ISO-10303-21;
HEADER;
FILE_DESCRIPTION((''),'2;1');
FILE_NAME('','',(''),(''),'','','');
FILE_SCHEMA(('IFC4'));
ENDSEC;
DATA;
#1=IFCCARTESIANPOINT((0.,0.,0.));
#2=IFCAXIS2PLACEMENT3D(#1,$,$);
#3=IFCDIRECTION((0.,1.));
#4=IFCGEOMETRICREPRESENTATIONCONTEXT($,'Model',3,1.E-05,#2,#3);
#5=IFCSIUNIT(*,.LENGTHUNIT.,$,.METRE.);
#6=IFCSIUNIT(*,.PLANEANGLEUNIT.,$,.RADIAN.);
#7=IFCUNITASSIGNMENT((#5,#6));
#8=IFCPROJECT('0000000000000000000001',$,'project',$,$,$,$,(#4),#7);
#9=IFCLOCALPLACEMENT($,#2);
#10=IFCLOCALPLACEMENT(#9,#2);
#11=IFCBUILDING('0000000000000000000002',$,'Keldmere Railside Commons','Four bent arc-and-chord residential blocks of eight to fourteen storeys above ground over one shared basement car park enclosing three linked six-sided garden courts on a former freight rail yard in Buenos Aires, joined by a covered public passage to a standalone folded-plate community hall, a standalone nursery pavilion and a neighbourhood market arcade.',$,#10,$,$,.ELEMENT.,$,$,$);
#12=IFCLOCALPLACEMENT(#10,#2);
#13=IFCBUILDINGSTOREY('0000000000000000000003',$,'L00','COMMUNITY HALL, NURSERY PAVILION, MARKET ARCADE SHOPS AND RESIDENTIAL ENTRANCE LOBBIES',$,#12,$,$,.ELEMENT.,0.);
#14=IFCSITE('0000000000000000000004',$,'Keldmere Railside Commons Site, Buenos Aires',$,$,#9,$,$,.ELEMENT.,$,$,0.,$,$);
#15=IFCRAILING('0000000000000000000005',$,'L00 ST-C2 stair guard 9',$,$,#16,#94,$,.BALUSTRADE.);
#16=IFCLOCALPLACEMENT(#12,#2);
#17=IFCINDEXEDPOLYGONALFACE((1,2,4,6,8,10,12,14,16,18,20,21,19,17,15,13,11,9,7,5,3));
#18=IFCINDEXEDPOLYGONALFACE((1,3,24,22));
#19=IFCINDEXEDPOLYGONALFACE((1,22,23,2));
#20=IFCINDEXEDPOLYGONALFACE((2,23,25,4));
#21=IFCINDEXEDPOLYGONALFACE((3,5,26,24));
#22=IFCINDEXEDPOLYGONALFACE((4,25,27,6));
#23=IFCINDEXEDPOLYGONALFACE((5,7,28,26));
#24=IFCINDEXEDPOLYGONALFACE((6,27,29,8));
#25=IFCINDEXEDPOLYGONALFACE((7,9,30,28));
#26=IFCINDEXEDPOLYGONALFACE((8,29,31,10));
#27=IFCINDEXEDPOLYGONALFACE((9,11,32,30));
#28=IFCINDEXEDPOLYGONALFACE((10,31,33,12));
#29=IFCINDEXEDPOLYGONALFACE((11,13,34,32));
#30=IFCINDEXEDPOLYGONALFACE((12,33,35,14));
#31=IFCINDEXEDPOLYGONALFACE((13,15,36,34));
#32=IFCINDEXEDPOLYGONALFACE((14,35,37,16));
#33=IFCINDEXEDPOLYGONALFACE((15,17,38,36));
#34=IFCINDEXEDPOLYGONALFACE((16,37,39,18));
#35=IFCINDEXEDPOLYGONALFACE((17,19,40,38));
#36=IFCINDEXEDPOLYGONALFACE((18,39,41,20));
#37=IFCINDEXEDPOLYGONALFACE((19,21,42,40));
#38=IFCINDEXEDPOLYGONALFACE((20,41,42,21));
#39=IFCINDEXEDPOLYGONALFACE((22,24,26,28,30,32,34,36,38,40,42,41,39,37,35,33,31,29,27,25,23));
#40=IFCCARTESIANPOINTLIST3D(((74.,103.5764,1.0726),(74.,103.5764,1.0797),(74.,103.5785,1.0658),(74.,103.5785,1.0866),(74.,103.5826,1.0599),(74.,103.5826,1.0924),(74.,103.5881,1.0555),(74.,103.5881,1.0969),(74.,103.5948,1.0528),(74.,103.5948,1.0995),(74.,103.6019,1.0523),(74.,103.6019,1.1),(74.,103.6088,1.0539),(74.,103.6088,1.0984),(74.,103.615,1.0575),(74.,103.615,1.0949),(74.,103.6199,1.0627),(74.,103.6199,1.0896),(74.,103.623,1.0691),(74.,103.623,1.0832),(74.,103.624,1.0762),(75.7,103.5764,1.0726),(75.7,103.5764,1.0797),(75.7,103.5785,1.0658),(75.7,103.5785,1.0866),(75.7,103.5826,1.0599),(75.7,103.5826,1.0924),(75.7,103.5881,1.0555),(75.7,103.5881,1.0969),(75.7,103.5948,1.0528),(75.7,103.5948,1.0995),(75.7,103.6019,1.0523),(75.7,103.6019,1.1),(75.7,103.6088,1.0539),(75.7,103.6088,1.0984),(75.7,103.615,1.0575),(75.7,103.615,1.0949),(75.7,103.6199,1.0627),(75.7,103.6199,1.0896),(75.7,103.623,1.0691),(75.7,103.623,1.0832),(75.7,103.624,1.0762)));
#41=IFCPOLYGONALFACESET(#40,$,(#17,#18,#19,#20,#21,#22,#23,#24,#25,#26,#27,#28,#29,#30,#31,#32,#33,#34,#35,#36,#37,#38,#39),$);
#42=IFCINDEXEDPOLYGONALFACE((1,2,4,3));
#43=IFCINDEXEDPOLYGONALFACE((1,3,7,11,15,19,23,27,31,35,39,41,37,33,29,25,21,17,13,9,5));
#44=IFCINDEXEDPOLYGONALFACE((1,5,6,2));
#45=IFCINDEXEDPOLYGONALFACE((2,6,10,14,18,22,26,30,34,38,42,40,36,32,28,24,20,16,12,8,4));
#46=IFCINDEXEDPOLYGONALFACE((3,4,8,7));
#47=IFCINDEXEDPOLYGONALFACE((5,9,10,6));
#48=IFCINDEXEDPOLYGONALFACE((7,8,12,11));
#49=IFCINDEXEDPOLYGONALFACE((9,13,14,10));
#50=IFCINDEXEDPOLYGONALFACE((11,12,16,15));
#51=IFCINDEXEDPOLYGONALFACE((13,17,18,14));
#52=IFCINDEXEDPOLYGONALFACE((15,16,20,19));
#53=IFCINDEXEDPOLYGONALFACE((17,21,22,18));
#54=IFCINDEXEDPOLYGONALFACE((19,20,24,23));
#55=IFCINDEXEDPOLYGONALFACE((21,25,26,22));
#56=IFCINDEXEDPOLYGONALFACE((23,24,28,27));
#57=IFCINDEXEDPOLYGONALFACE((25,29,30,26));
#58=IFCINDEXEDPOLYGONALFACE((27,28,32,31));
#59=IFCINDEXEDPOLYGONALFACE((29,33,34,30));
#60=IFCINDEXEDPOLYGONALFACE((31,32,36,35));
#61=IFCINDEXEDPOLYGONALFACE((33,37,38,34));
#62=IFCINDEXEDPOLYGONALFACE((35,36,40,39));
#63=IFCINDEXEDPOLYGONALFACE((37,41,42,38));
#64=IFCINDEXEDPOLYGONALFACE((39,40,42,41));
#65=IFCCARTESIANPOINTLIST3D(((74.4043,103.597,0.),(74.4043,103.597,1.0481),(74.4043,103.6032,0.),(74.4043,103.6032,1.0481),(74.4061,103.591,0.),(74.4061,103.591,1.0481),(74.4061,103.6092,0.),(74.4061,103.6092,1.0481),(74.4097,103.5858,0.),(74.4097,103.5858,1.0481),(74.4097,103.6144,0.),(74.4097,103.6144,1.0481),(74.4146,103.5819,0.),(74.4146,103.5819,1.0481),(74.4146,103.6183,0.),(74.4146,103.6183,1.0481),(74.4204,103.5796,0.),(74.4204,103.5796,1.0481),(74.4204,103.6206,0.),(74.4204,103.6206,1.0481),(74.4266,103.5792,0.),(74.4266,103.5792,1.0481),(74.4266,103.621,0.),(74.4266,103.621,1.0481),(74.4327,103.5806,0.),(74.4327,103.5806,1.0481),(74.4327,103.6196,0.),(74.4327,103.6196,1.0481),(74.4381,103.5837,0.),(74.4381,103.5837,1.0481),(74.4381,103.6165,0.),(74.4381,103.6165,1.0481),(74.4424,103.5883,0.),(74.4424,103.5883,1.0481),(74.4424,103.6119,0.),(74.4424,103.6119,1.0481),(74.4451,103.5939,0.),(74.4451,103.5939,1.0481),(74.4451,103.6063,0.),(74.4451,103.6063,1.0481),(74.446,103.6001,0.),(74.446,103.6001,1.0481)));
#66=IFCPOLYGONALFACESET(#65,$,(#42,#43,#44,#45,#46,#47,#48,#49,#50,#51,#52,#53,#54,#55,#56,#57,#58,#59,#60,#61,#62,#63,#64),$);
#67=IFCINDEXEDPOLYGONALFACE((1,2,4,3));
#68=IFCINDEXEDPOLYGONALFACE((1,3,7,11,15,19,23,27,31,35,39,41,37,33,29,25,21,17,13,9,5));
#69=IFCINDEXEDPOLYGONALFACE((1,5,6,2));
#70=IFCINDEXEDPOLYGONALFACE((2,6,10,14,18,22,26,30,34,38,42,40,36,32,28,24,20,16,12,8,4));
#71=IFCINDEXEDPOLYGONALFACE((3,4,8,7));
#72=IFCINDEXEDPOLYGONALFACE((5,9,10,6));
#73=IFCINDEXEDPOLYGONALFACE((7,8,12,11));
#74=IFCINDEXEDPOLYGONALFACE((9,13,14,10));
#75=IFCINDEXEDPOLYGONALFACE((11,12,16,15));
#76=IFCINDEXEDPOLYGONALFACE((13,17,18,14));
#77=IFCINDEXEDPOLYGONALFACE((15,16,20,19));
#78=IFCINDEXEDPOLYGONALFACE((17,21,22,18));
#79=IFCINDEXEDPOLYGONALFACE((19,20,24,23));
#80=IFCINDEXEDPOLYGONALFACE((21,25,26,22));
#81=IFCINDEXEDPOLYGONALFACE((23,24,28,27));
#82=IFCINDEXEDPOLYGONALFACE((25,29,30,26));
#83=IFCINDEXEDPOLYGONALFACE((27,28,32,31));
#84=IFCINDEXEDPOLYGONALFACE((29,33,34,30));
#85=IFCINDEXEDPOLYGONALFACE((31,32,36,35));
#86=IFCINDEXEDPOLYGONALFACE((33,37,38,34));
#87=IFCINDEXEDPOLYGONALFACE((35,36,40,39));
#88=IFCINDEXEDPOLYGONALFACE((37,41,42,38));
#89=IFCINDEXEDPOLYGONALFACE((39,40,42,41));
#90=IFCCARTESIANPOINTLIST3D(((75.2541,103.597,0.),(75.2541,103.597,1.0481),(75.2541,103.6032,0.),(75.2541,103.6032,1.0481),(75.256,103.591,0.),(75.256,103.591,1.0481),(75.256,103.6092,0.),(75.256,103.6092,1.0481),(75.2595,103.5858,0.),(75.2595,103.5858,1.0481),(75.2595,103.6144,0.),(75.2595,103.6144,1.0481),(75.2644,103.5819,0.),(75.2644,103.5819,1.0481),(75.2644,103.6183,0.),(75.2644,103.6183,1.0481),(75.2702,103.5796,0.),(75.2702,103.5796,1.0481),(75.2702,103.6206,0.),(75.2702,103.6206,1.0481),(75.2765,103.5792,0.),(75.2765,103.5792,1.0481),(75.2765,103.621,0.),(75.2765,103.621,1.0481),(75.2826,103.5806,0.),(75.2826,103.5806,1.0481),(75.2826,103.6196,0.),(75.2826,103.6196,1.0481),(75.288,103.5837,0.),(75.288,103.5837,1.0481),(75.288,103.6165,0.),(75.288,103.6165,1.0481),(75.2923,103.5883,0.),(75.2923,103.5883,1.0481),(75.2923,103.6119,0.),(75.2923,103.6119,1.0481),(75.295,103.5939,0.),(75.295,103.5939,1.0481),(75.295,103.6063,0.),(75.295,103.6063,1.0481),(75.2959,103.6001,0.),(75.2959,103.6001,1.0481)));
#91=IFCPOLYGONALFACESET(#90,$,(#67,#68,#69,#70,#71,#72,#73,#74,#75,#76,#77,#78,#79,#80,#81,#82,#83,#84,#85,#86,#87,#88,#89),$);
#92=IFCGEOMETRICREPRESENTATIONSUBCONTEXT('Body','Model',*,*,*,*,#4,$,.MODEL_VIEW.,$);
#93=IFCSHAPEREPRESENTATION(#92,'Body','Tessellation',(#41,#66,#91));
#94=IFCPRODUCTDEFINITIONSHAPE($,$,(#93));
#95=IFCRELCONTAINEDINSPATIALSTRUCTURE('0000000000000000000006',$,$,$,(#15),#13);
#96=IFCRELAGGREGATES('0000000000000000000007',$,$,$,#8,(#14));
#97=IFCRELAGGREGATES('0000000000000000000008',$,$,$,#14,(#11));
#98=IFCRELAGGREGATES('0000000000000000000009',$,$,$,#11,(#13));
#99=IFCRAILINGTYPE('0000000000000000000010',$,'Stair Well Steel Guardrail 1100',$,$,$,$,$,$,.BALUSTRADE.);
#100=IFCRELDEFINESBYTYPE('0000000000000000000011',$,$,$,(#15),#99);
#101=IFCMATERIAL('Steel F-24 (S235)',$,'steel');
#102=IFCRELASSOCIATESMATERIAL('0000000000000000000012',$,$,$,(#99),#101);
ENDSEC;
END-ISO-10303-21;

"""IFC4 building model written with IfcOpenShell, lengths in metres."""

from ifc_helpers import new_model, si_unit, direction, frame, origin, origin_2d, place, context, subcontext, project, spatial, circle, extrude, material, type_object, element, save


model = new_model("IFC4")

# Units and contexts
model_context = context("Model", 3, precision=1e-05, world=origin(), true_north=direction((0.0, 1.0)))
body_context = subcontext(model_context, "Body", "Model", "MODEL_VIEW")
ifc_project = project(units=[si_unit("LENGTHUNIT", "METRE"), si_unit("PLANEANGLEUNIT", "RADIAN")], contexts=[model_context])

# Site, building, storey
site_placement = place(None, origin())
site = spatial("IfcSite", under=ifc_project, at=site_placement, Name="Keldmere Railside Commons Site, Buenos Aires", CompositionType="ELEMENT", RefElevation=0.0)
building_placement = place(site_placement, origin())
building = spatial("IfcBuilding", under=site, at=building_placement, Name="Keldmere Railside Commons", Description="Four bent arc-and-chord residential blocks of eight to fourteen storeys above ground over one shared basement car park enclosing three linked six-sided garden courts on a former freight rail yard in Buenos Aires, joined by a covered public passage to a standalone folded-plate community hall, a standalone nursery pavilion and a neighbourhood market arcade.", CompositionType="ELEMENT")
storey_placement = place(building_placement, origin())
storey = spatial("IfcBuildingStorey", under=building, at=storey_placement, Name="L00", Description="COMMUNITY HALL, NURSERY PAVILION, MARKET ARCADE SHOPS AND RESIDENTIAL ENTRANCE LOBBIES", CompositionType="ELEMENT", Elevation=0.0)

# Shared definitions
ifc_material_1 = material(Name="Steel F-24 (S235)", Category="steel")

# Railing
railing_type_1 = type_object("IfcRailingType", Name="Stair Well Steel Guardrail 1100", PredefinedType="BALUSTRADE", material=ifc_material_1)
for number, where, name in (
    (1, (74.0, 103.6001, 0.0), "L00 ST-C2 stair guard 9"),
):
    element("IfcRailing", number, at=place(storey_placement, frame(where)), inside=storey, type_object=railing_type_1, Name=name, PredefinedType="BALUSTRADE", context=body_context, shape_type="SweptSolid", body=[
        extrude(circle(Radius=0.0239, at=origin_2d()), frame((0.0, 0.0, 1.0762), z_axis=(1.0, 0.0, 0.0), x_axis=(0.0, 1.0, 0.0)), (0.0, 0.0, 1.0), 1.7),
        extrude(circle(Radius=0.021, at=origin_2d()), frame((0.425, 0.0, 0.0)), (0.0, 0.0, 1.0), 1.0481),
        extrude(circle(Radius=0.021, at=origin_2d()), frame((1.2749, 0.0, 0.0)), (0.0, 0.0, 1.0), 1.0481),
    ])

save(model, "model.ifc")
